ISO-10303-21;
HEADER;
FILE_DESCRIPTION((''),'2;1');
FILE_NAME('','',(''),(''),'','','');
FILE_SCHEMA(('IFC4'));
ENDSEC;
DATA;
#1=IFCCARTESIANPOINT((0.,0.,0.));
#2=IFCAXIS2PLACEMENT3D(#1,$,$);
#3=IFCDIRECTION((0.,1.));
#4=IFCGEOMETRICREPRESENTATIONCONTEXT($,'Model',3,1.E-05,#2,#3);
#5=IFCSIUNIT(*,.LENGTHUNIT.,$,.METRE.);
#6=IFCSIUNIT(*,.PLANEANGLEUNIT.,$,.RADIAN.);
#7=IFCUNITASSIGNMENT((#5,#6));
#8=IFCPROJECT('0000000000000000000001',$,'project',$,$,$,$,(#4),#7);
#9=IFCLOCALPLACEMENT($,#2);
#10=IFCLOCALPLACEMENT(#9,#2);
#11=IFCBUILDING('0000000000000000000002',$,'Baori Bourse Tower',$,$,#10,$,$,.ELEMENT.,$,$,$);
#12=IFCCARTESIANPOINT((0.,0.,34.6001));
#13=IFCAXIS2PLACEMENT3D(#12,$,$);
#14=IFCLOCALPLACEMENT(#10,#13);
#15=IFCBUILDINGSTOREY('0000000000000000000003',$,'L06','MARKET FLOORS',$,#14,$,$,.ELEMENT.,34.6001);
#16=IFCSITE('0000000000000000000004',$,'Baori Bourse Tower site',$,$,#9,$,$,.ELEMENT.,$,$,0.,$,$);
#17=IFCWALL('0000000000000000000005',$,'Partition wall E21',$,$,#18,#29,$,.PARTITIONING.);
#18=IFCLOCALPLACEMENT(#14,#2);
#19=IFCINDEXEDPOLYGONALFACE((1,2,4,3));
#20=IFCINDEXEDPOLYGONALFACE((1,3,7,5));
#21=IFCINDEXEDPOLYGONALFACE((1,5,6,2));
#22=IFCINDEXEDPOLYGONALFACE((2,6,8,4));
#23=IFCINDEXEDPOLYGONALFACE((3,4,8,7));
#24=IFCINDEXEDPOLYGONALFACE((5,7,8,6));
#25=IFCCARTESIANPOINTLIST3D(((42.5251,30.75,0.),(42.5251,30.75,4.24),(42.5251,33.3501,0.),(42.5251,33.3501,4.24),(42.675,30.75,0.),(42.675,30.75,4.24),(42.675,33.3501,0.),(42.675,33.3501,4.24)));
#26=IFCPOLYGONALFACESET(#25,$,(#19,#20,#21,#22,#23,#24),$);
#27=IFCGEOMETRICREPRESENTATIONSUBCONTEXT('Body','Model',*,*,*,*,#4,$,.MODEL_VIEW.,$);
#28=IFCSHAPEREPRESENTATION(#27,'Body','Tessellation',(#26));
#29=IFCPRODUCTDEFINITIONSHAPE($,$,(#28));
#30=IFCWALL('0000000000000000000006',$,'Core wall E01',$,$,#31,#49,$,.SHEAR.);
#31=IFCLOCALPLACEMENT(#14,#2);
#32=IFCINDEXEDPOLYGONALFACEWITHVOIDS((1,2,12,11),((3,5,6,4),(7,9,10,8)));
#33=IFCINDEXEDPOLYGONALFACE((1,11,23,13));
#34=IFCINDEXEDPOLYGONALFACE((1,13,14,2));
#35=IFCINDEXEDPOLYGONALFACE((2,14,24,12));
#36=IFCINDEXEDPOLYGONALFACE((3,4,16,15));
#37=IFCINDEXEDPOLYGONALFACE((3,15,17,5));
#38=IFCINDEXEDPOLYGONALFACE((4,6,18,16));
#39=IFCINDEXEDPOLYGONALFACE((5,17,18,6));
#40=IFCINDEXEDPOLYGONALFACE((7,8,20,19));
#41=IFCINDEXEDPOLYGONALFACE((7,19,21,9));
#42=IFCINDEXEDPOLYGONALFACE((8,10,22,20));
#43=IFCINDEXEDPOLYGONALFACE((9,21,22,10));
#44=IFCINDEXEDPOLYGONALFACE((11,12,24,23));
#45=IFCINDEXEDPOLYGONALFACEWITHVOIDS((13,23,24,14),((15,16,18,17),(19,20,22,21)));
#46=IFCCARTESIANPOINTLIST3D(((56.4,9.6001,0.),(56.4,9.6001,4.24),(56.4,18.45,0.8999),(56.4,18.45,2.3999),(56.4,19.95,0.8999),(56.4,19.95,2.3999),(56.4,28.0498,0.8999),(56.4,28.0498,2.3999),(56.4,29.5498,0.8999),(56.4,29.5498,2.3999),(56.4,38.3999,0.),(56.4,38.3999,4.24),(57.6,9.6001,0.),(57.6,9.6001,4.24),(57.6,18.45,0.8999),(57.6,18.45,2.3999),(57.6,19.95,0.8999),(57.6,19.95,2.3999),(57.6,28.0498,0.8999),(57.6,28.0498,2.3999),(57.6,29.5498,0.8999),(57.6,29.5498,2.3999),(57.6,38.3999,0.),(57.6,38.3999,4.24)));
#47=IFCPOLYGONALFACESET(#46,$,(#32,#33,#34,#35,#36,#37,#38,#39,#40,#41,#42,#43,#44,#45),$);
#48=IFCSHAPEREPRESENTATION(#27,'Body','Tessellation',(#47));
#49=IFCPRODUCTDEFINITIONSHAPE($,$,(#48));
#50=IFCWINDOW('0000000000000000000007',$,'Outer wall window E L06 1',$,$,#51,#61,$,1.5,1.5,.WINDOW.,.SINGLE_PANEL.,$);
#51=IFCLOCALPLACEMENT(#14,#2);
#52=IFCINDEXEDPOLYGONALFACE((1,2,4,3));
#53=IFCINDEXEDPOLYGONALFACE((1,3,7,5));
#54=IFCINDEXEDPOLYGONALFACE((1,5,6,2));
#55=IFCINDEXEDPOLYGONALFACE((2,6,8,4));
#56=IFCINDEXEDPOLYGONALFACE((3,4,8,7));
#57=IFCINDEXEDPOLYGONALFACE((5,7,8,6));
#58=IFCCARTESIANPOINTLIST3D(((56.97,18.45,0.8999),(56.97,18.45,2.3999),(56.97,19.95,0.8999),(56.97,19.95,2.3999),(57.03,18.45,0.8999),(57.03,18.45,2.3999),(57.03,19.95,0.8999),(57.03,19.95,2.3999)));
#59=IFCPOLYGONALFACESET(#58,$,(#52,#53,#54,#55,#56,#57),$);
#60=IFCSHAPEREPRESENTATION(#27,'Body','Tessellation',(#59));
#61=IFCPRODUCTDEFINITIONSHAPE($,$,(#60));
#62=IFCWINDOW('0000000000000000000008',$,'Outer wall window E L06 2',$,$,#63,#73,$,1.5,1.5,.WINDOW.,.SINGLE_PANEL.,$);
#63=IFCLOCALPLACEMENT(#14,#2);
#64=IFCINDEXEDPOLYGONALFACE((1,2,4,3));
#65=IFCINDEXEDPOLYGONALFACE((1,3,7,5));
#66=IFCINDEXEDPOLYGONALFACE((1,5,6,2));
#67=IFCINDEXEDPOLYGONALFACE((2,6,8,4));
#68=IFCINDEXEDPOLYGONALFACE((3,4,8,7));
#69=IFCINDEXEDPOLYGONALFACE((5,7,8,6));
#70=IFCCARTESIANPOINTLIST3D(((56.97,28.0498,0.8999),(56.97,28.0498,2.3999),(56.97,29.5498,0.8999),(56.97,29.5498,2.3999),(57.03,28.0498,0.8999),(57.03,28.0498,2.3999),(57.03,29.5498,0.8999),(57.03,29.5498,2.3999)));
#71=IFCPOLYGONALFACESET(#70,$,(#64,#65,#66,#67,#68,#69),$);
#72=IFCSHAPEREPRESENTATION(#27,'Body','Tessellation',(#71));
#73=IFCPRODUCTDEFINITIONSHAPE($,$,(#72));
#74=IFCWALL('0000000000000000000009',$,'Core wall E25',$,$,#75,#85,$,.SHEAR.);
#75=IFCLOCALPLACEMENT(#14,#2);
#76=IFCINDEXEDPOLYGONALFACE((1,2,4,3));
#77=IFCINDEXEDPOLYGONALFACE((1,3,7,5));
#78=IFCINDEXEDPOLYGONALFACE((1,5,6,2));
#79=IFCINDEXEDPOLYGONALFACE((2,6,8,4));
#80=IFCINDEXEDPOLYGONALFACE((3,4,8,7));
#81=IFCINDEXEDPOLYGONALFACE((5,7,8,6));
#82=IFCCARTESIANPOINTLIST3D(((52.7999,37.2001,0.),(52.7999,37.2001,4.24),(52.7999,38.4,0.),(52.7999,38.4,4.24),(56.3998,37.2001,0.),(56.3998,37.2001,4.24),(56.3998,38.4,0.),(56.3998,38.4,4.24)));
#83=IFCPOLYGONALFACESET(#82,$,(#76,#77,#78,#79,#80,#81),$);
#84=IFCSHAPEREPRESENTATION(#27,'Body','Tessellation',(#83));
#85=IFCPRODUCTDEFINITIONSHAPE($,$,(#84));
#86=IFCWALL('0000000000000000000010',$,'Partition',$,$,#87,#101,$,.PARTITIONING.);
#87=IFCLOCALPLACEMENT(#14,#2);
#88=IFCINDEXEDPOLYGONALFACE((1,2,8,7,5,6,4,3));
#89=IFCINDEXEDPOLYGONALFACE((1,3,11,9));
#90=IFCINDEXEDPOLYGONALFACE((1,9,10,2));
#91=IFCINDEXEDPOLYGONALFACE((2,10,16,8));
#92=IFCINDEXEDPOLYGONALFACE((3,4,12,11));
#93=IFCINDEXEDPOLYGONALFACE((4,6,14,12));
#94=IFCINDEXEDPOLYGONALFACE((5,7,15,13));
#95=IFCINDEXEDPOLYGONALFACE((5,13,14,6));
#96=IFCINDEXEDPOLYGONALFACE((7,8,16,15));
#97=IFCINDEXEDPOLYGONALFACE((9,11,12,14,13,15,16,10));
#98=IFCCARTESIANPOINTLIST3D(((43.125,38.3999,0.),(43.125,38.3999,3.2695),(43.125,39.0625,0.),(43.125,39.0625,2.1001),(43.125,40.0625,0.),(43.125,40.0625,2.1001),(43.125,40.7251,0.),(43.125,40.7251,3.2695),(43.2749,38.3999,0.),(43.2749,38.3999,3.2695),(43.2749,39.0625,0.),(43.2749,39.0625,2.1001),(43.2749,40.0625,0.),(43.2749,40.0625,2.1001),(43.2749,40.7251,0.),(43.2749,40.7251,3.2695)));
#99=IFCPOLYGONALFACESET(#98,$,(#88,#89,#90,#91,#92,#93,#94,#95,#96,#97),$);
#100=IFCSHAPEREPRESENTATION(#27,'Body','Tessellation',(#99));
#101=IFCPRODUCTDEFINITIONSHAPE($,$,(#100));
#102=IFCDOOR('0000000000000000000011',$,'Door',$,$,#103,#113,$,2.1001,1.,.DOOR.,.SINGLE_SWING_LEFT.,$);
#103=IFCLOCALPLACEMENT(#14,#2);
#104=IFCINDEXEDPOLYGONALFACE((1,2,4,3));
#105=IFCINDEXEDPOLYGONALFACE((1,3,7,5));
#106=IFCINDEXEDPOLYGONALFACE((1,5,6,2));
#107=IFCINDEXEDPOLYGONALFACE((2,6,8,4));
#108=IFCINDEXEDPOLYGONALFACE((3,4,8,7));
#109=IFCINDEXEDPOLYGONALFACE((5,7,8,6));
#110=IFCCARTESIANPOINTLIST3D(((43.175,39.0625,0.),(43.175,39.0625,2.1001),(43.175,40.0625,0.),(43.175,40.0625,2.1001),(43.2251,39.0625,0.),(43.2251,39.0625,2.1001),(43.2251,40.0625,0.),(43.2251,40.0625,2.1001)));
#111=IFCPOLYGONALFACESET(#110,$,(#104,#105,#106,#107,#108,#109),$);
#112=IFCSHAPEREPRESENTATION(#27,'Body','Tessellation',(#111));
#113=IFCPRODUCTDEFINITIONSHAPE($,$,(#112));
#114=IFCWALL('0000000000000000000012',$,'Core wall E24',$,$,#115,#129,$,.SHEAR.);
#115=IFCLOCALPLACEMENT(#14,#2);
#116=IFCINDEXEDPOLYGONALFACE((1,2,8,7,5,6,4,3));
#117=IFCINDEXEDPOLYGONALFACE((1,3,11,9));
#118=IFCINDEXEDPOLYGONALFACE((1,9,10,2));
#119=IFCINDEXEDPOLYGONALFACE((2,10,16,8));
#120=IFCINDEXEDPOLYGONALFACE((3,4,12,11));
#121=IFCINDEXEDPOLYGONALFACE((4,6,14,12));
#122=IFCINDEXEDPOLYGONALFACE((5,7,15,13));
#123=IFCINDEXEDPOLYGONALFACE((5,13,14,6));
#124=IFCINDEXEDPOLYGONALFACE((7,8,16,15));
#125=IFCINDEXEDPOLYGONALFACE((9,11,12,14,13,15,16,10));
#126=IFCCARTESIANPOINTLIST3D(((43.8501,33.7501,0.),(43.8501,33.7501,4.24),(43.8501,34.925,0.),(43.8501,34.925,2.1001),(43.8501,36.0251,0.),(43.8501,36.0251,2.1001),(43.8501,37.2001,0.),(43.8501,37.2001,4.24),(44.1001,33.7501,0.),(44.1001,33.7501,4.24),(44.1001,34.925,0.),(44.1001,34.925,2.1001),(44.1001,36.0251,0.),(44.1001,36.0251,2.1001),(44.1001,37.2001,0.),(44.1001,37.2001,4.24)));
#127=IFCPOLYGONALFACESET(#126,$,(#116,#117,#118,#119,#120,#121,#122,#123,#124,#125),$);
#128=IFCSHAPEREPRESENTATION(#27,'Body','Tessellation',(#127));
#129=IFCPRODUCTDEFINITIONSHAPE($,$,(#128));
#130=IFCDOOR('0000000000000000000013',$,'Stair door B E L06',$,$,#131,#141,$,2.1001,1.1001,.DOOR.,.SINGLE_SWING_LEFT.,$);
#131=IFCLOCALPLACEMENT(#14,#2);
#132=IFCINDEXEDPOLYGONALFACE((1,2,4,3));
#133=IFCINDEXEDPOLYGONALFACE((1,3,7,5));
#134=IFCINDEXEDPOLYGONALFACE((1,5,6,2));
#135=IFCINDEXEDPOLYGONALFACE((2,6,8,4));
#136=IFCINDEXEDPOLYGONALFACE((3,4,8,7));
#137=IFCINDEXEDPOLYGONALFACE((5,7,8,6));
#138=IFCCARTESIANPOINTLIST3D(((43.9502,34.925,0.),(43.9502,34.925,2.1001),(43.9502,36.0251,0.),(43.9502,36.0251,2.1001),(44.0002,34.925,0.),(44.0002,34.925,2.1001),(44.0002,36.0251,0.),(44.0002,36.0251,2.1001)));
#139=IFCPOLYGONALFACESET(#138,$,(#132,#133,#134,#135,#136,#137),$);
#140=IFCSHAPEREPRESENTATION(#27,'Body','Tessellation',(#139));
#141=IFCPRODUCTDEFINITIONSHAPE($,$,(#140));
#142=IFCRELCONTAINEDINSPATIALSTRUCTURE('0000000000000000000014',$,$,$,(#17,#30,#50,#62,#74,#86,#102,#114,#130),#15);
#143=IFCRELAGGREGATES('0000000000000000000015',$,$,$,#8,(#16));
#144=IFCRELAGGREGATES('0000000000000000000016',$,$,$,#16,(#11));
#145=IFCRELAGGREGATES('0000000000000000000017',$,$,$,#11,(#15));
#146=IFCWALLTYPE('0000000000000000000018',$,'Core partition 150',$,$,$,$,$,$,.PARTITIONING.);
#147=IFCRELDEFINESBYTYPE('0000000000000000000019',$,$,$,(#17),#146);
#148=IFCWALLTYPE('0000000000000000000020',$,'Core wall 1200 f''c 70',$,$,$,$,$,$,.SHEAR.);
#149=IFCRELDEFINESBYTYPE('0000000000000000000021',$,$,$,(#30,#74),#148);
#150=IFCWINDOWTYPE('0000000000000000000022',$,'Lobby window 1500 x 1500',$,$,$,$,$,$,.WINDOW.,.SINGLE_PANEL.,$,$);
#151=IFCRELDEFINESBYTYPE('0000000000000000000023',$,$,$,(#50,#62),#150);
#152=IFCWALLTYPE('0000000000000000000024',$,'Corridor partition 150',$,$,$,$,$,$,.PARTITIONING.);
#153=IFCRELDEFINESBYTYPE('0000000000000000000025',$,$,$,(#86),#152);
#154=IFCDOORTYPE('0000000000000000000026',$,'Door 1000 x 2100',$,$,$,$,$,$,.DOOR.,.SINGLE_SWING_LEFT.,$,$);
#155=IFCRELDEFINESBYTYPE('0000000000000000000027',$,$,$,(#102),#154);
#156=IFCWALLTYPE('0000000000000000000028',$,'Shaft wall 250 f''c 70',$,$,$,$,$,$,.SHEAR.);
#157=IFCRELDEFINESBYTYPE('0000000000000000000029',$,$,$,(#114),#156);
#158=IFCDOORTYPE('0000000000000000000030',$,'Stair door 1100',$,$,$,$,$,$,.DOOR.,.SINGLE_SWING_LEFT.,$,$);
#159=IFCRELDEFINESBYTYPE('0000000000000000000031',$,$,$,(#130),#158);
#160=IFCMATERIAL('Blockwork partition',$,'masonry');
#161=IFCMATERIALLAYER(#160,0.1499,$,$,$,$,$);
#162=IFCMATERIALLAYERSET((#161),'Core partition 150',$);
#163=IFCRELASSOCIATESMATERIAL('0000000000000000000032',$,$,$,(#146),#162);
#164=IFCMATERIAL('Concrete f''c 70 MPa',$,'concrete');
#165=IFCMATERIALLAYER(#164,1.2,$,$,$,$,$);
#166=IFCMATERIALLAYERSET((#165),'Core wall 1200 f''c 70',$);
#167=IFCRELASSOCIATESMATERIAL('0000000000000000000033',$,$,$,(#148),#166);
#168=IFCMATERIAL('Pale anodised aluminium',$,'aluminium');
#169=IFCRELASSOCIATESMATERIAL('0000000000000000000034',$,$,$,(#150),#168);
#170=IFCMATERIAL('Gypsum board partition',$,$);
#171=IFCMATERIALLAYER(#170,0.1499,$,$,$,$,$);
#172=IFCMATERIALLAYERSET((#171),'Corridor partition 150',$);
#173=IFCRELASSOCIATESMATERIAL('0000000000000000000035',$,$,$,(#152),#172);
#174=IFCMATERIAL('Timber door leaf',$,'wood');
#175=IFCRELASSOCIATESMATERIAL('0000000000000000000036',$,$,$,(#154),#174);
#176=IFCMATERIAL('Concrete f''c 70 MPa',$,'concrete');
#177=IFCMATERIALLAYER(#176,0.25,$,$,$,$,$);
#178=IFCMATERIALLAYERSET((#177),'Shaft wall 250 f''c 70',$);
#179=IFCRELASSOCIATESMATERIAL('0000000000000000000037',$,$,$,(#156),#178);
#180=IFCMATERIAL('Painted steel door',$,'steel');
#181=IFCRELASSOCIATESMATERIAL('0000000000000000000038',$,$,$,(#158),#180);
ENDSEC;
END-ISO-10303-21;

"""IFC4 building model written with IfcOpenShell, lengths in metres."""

from ifc_helpers import new_model, si_unit, direction, frame, frame_2d, origin, place, context, subcontext, project, spatial, rectangle, extrude, material, layer, layer_set, type_object, element, fill, save


model = new_model("IFC4")

# Units and contexts
model_context = context("Model", 3, precision=1e-05, world=origin(), true_north=direction((0.0, 1.0)))
body_context = subcontext(model_context, "Body", "Model", "MODEL_VIEW")
ifc_project = project(units=[si_unit("LENGTHUNIT", "METRE"), si_unit("PLANEANGLEUNIT", "RADIAN")], contexts=[model_context])

# Site, building, storey
site_placement = place(None, origin())
site = spatial("IfcSite", under=ifc_project, at=site_placement, Name="Baori Bourse Tower site", CompositionType="ELEMENT", RefElevation=0.0)
building_placement = place(site_placement, origin())
building = spatial("IfcBuilding", under=site, at=building_placement, Name="Baori Bourse Tower", CompositionType="ELEMENT")
storey_placement = place(building_placement, frame((0.0, 0.0, 34.6001)))
storey = spatial("IfcBuildingStorey", under=building, at=storey_placement, Name="L06", Description="MARKET FLOORS", CompositionType="ELEMENT", Elevation=34.6001)

# Wall
ifc_material_1 = material(Name="Blockwork partition", Category="masonry")
ifc_layer_1 = layer(ifc_material_1, 0.1499)
ifc_layer_set_1 = layer_set([ifc_layer_1], Name="Core partition 150")
wall_type_1 = type_object("IfcWallType", Name="Core partition 150", PredefinedType="PARTITIONING", material=ifc_layer_set_1)
for number, where, z_axis, x_axis, name in (
    (1, (42.6001, 30.75, 0.0), (0.0, 0.0, 1.0), (0.0, 1.0, 0.0), "Partition wall E21"),
):
    element("IfcWall", number, at=place(storey_placement, frame(where, z_axis=z_axis, x_axis=x_axis)), inside=storey, type_object=wall_type_1, Name=name, PredefinedType="PARTITIONING", context=body_context, shape_type="SweptSolid", body=[
        extrude(rectangle(XDim=2.6001, YDim=0.1499, at=frame_2d((1.3, 0.0))), origin(), (0.0, 0.0, 1.0), 4.24),
    ])

# Wall, openings, windows
ifc_material_2 = material(Name="Concrete f'c 70 MPa", Category="concrete")
ifc_layer_2 = layer(ifc_material_2, 1.2)
ifc_layer_set_2 = layer_set([ifc_layer_2], Name="Core wall 1200 f'c 70")
wall_type_2 = type_object("IfcWallType", Name="Core wall 1200 f'c 70", PredefinedType="SHEAR", material=ifc_layer_set_2)
wall_1_placement = place(storey_placement, frame((57.0, 38.3999, 0.0), z_axis=(0.0, 0.0, 1.0), x_axis=(0.0, -1.0, 0.0)))
wall_1 = element("IfcWall", 2, at=wall_1_placement, inside=storey, type_object=wall_type_2, Name="Core wall E01", PredefinedType="SHEAR", context=body_context, shape_type="SweptSolid", body=[
    extrude(rectangle(XDim=28.7998, YDim=1.2, at=frame_2d((14.3999, 0.0))), origin(), (0.0, 0.0, 1.0), 4.24),
])
opening_1_placement = place(wall_1_placement, frame((18.45, 0.0, 0.8999)))
opening_1 = element("IfcOpeningElement", 3, at=opening_1_placement, cuts=wall_1, PredefinedType="OPENING", context=body_context, shape_type="SweptSolid", body=[
    extrude(rectangle(XDim=1.5, YDim=1.5, at=frame_2d((0.75, 0.75))), frame((0.0, 0.6099, 0.0), z_axis=(0.0, -1.0, 0.0), x_axis=(1.0, 0.0, 0.0)), (0.0, 0.0, 1.0), 1.22),
])
opening_2_placement = place(wall_1_placement, frame((8.8501, 0.0, 0.8999)))
opening_2 = element("IfcOpeningElement", 4, at=opening_2_placement, cuts=wall_1, PredefinedType="OPENING", context=body_context, shape_type="SweptSolid", body=[
    extrude(rectangle(XDim=1.5, YDim=1.5, at=frame_2d((0.75, 0.75))), frame((0.0, 0.6099, 0.0), z_axis=(0.0, -1.0, 0.0), x_axis=(1.0, 0.0, 0.0)), (0.0, 0.0, 1.0), 1.22),
])
ifc_material_3 = material(Name="Pale anodised aluminium", Category="aluminium")
window_type = type_object("IfcWindowType", Name="Lobby window 1500 x 1500", PartitioningType="SINGLE_PANEL", PredefinedType="WINDOW", material=ifc_material_3)
window_1_placement = place(opening_1_placement, origin())
window_1 = element("IfcWindow", 5, at=window_1_placement, inside=storey, type_object=window_type, Name="Outer wall window E L06 1", OverallHeight=1.5, OverallWidth=1.5, PartitioningType="SINGLE_PANEL", PredefinedType="WINDOW", context=body_context, shape_type="SweptSolid", body=[
    extrude(rectangle(XDim=1.5, YDim=1.5, at=frame_2d((0.75, 0.75))), frame((0.0, 0.03, 0.0), z_axis=(0.0, -1.0, 0.0), x_axis=(1.0, 0.0, 0.0)), (0.0, 0.0, 1.0), 0.0601),
])
fill(opening_1, window_1)
window_2_placement = place(opening_2_placement, origin())
window_2 = element("IfcWindow", 6, at=window_2_placement, inside=storey, type_object=window_type, Name="Outer wall window E L06 2", OverallHeight=1.5, OverallWidth=1.5, PartitioningType="SINGLE_PANEL", PredefinedType="WINDOW", context=body_context, shape_type="SweptSolid", body=[
    extrude(rectangle(XDim=1.5, YDim=1.5, at=frame_2d((0.75, 0.75))), frame((0.0, 0.03, 0.0), z_axis=(0.0, -1.0, 0.0), x_axis=(1.0, 0.0, 0.0)), (0.0, 0.0, 1.0), 0.0601),
])
fill(opening_2, window_2)

# Wall
wall_2_placement = place(storey_placement, frame((52.8, 37.8, 0.0), z_axis=(0.0, 0.0, 1.0), x_axis=(1.0, 0.0, 0.0)))
element("IfcWall", 7, at=wall_2_placement, inside=storey, type_object=wall_type_2, Name="Core wall E25", PredefinedType="SHEAR", context=body_context, shape_type="SweptSolid", body=[
    extrude(rectangle(XDim=3.5999, YDim=1.2, at=frame_2d((1.7998, 0.0))), origin(), (0.0, 0.0, 1.0), 4.24),
])

# Walls, openings, doors
ifc_material_4 = material(Name="Gypsum board partition")
ifc_layer_3 = layer(ifc_material_4, 0.1499)
ifc_layer_set_3 = layer_set([ifc_layer_3], Name="Corridor partition 150")
wall_type_3 = type_object("IfcWallType", Name="Corridor partition 150", PredefinedType="PARTITIONING", material=ifc_layer_set_3)
wall_3_placement = place(storey_placement, frame((43.2, 38.3999, 0.0), z_axis=(0.0, 0.0, 1.0), x_axis=(0.0, 1.0, 0.0)))
wall_3 = element("IfcWall", 8, at=wall_3_placement, inside=storey, type_object=wall_type_3, Name="Partition", PredefinedType="PARTITIONING", context=body_context, shape_type="SweptSolid", body=[
    extrude(rectangle(XDim=2.3252, YDim=0.1499, at=frame_2d((1.1626, 0.0))), origin(), (0.0, 0.0, 1.0), 3.2695),
])
opening_3_placement = place(wall_3_placement, frame((0.6626, 0.0, 0.0)))
opening_3 = element("IfcOpeningElement", 9, at=opening_3_placement, cuts=wall_3, PredefinedType="OPENING", context=body_context, shape_type="SweptSolid", body=[
    extrude(rectangle(XDim=1.0, YDim=2.1001, at=frame_2d((0.5, 1.05))), frame((0.0, 0.085, 0.0), z_axis=(0.0, -1.0, 0.0), x_axis=(1.0, 0.0, 0.0)), (0.0, 0.0, 1.0), 0.1699),
])
ifc_material_5 = material(Name="Timber door leaf", Category="wood")
door_type_1 = type_object("IfcDoorType", Name="Door 1000 x 2100", OperationType="SINGLE_SWING_LEFT", PredefinedType="DOOR", material=ifc_material_5)
door_1_placement = place(opening_3_placement, origin())
door_1 = element("IfcDoor", 10, at=door_1_placement, inside=storey, type_object=door_type_1, Name="Door", OperationType="SINGLE_SWING_LEFT", OverallHeight=2.1001, OverallWidth=1.0, PredefinedType="DOOR", context=body_context, shape_type="SweptSolid", body=[
    extrude(rectangle(XDim=1.0, YDim=2.1001, at=frame_2d((0.5, 1.05))), frame((0.0, 0.0249, 0.0), z_axis=(0.0, -1.0, 0.0), x_axis=(1.0, 0.0, 0.0)), (0.0, 0.0, 1.0), 0.05),
])
fill(opening_3, door_1)
ifc_material_6 = material(Name="Concrete f'c 70 MPa", Category="concrete")
ifc_layer_4 = layer(ifc_material_6, 0.25)
ifc_layer_set_4 = layer_set([ifc_layer_4], Name="Shaft wall 250 f'c 70")
wall_type_4 = type_object("IfcWallType", Name="Shaft wall 250 f'c 70", PredefinedType="SHEAR", material=ifc_layer_set_4)
wall_4_placement = place(storey_placement, frame((43.9751, 33.75, 0.0), z_axis=(0.0, 0.0, 1.0), x_axis=(0.0, 1.0, 0.0)))
wall_4 = element("IfcWall", 11, at=wall_4_placement, inside=storey, type_object=wall_type_4, Name="Core wall E24", PredefinedType="SHEAR", context=body_context, shape_type="SweptSolid", body=[
    extrude(rectangle(XDim=3.45, YDim=0.25, at=frame_2d((1.7251, 0.0))), origin(), (0.0, 0.0, 1.0), 4.24),
])
opening_4_placement = place(wall_4_placement, frame((1.175, 0.0, 0.0)))
opening_4 = element("IfcOpeningElement", 12, at=opening_4_placement, cuts=wall_4, PredefinedType="OPENING", context=body_context, shape_type="SweptSolid", body=[
    extrude(rectangle(XDim=1.1001, YDim=2.1001, at=frame_2d((0.55, 1.05))), frame((0.0, 0.135, 0.0), z_axis=(0.0, -1.0, 0.0), x_axis=(1.0, 0.0, 0.0)), (0.0, 0.0, 1.0), 0.27),
])
ifc_material_7 = material(Name="Painted steel door", Category="steel")
door_type_2 = type_object("IfcDoorType", Name="Stair door 1100", OperationType="SINGLE_SWING_LEFT", PredefinedType="DOOR", material=ifc_material_7)
door_2_placement = place(opening_4_placement, origin())
door_2 = element("IfcDoor", 13, at=door_2_placement, inside=storey, type_object=door_type_2, Name="Stair door B E L06", OperationType="SINGLE_SWING_LEFT", OverallHeight=2.1001, OverallWidth=1.1001, PredefinedType="DOOR", context=body_context, shape_type="SweptSolid", body=[
    extrude(rectangle(XDim=1.1001, YDim=2.1001, at=frame_2d((0.55, 1.05))), frame((0.0, 0.0249, 0.0), z_axis=(0.0, -1.0, 0.0), x_axis=(1.0, 0.0, 0.0)), (0.0, 0.0, 1.0), 0.05),
])
fill(opening_4, door_2)

save(model, "model.ifc")
